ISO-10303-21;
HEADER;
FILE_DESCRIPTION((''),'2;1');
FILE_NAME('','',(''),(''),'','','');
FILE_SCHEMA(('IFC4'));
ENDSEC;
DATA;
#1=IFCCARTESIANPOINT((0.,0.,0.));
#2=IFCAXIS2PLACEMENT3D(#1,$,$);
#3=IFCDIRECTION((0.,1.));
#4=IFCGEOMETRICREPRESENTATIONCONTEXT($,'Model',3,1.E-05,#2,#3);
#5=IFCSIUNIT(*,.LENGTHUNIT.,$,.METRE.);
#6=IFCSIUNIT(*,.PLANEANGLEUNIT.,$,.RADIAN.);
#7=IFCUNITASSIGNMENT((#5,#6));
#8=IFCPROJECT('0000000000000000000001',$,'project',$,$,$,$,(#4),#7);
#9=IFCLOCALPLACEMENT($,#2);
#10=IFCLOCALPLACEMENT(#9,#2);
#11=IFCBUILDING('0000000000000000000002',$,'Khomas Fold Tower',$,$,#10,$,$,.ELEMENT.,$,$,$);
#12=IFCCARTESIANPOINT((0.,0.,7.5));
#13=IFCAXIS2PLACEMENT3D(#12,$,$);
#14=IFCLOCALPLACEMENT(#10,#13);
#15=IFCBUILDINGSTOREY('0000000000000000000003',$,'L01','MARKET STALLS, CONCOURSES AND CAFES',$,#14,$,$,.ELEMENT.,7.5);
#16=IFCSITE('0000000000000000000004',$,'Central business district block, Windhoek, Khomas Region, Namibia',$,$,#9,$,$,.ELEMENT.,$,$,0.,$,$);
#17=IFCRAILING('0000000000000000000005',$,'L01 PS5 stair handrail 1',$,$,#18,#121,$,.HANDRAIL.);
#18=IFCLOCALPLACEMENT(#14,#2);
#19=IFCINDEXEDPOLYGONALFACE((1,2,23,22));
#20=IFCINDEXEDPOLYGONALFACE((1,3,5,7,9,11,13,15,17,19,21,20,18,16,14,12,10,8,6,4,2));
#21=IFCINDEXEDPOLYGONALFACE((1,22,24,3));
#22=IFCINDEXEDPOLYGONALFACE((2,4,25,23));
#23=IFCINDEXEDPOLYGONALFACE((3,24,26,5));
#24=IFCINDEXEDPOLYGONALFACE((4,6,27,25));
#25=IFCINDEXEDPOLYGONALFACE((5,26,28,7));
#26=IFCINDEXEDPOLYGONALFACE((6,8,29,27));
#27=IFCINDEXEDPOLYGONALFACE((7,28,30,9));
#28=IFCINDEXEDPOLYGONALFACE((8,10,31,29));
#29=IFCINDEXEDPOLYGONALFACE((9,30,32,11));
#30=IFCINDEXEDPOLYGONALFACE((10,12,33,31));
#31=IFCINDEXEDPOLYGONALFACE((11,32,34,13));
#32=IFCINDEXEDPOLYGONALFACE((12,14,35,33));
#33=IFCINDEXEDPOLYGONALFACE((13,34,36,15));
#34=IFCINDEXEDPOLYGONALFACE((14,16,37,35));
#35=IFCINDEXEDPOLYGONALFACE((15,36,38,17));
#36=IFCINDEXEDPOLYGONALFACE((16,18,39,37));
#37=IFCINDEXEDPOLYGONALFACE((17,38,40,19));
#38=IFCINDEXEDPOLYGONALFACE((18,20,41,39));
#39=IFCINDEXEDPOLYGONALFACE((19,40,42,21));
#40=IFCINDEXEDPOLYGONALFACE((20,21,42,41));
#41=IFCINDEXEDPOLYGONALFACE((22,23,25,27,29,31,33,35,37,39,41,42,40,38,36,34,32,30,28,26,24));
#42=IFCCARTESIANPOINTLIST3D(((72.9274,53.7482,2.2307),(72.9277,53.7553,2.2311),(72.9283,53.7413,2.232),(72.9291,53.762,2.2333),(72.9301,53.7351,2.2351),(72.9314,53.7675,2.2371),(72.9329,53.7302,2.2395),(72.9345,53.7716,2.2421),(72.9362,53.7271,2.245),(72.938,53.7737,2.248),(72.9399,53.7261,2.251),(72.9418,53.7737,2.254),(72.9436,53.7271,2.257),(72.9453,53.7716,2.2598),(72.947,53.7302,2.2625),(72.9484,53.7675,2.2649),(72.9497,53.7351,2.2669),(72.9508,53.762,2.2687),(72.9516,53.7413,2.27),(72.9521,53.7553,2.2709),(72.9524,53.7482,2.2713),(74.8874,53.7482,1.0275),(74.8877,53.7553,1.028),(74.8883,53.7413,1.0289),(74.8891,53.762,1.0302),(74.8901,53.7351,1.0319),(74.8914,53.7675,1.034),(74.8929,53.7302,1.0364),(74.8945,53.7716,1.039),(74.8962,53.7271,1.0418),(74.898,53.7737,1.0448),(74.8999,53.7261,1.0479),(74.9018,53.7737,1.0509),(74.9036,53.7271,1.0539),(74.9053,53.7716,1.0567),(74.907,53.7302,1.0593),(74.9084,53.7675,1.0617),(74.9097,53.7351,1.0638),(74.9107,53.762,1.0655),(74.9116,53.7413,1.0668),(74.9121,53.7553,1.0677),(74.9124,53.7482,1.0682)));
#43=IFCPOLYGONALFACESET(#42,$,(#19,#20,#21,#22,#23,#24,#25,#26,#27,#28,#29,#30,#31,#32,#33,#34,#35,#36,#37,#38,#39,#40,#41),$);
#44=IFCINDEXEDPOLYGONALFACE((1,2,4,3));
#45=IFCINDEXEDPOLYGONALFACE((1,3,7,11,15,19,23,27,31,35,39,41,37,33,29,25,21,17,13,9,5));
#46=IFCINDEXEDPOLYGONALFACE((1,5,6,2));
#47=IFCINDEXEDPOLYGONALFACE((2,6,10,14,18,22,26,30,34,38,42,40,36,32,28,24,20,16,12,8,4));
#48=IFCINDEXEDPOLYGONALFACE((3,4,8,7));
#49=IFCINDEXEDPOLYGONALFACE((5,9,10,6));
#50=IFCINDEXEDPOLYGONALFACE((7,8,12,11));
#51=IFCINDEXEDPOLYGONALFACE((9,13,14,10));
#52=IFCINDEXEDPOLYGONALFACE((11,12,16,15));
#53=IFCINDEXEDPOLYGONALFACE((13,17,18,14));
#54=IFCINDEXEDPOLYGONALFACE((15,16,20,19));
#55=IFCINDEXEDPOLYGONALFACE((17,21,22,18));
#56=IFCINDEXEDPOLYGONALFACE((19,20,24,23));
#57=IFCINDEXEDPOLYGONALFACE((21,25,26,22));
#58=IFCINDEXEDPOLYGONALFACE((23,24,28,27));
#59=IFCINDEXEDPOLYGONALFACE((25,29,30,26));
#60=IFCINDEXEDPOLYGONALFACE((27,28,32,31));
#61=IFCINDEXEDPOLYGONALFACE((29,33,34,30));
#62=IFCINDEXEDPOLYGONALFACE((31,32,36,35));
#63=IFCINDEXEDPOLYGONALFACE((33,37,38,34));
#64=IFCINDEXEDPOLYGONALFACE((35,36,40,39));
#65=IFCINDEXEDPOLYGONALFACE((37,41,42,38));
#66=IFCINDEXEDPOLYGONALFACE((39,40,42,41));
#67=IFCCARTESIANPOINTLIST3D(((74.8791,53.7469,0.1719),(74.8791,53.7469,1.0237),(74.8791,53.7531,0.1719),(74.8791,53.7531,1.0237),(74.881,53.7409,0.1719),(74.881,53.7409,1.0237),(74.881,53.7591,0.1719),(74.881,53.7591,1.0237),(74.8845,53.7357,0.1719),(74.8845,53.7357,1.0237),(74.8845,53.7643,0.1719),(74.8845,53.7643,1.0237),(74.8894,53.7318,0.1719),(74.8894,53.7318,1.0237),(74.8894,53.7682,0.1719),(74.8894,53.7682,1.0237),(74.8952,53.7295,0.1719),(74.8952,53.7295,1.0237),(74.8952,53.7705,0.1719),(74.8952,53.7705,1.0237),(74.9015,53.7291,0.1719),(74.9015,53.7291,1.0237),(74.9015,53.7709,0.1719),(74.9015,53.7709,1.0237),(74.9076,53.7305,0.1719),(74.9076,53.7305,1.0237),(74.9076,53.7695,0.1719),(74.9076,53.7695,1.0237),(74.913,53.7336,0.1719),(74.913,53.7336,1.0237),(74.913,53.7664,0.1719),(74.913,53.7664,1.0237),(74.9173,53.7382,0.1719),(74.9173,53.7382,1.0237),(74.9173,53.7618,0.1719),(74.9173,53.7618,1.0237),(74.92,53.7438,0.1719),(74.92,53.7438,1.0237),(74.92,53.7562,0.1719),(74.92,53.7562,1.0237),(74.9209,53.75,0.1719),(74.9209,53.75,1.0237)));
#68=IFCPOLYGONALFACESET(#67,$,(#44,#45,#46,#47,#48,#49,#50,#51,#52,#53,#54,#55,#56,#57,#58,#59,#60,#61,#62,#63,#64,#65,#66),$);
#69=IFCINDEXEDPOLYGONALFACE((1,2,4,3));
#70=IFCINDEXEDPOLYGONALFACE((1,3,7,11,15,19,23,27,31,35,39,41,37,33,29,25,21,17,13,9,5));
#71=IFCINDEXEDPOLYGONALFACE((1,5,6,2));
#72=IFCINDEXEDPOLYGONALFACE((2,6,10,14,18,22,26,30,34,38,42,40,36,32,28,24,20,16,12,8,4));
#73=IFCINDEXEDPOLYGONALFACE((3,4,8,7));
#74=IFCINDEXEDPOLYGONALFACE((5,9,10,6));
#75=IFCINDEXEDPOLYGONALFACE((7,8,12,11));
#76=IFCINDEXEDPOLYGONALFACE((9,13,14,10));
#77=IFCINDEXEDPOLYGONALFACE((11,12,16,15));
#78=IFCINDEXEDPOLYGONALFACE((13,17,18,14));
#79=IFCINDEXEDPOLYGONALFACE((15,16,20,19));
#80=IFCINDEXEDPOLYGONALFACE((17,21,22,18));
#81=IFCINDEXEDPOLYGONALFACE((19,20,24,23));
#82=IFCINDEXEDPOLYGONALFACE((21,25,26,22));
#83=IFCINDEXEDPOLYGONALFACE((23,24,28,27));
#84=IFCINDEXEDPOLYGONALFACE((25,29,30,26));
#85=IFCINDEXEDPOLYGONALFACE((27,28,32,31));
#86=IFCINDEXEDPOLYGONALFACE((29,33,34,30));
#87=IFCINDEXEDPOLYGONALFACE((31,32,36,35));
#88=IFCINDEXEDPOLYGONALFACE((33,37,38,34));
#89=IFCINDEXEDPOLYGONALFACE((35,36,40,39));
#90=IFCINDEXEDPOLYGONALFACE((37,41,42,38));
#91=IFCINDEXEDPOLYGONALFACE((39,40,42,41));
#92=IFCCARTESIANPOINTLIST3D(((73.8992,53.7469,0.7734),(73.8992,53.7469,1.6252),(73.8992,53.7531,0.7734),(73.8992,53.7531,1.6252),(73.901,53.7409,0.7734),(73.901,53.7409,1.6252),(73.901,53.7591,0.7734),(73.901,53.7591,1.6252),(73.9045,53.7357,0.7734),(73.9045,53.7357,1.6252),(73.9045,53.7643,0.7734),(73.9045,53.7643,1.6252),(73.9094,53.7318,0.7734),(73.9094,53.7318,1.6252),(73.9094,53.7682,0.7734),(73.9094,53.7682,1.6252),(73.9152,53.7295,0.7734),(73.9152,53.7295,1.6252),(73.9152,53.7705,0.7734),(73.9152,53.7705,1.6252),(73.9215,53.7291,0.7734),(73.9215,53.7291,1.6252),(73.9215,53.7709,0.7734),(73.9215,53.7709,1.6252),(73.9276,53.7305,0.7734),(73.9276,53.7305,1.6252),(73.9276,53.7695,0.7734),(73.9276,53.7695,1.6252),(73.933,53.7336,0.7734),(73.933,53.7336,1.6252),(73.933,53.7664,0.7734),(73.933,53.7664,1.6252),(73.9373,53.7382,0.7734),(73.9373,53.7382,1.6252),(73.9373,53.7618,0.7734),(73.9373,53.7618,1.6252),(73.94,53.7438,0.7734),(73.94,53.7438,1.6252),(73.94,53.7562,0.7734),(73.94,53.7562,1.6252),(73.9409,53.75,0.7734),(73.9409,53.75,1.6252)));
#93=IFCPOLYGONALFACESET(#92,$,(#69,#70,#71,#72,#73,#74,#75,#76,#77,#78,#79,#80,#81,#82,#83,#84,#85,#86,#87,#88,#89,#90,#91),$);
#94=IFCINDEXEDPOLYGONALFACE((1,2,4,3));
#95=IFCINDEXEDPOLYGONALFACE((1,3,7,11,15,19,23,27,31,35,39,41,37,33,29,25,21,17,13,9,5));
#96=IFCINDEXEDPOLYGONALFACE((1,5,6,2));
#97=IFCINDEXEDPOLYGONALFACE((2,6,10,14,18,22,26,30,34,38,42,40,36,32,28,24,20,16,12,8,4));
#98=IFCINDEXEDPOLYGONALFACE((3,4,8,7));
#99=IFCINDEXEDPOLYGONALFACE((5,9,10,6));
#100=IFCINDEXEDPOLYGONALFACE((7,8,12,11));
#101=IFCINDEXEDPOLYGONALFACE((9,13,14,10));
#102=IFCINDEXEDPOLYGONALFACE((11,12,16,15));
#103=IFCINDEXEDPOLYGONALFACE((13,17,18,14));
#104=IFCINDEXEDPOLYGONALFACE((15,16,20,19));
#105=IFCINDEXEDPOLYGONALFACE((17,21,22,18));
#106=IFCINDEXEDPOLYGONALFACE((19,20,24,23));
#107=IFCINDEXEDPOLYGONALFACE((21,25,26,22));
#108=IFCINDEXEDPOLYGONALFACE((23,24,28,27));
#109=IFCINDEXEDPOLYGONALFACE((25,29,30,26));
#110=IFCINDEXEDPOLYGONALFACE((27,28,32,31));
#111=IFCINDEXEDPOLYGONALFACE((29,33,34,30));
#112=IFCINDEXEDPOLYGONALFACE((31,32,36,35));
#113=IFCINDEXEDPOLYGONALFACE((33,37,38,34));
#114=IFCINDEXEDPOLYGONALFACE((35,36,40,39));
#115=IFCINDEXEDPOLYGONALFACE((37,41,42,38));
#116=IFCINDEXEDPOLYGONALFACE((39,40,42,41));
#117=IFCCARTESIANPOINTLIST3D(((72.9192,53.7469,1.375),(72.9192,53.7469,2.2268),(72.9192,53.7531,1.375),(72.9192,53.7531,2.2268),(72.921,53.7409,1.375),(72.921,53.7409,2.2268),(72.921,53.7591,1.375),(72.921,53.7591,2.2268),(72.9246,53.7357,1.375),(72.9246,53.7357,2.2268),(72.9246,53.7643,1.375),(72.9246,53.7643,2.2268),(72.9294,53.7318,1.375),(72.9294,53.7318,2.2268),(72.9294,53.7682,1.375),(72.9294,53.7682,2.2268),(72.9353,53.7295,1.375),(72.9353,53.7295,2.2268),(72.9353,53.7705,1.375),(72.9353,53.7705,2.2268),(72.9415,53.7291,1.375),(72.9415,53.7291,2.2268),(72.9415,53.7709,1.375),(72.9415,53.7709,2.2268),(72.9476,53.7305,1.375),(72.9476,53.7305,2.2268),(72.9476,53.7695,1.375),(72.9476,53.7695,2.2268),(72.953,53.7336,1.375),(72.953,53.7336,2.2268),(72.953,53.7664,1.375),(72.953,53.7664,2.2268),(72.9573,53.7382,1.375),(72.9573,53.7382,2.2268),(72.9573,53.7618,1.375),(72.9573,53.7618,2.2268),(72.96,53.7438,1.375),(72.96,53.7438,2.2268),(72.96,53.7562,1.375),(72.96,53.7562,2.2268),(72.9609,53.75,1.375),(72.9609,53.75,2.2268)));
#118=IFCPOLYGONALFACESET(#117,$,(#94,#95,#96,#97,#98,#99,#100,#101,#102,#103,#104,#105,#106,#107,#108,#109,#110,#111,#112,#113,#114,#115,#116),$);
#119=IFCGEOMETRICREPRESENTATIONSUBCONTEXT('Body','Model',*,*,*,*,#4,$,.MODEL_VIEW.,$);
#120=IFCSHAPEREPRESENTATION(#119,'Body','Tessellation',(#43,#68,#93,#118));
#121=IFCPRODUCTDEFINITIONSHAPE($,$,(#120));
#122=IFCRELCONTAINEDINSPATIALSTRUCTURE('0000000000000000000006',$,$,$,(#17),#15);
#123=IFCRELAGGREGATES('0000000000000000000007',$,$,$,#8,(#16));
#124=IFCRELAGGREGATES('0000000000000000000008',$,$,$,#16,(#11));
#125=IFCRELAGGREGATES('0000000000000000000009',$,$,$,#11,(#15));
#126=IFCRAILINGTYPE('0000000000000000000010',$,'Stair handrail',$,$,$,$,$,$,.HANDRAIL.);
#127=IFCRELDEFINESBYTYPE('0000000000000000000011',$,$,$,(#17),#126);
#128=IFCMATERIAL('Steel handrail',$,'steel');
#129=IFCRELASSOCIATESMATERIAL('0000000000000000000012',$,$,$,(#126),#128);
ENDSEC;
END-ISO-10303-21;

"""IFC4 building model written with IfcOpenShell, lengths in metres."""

from ifc_helpers import new_model, si_unit, direction, frame, origin, origin_2d, place, context, subcontext, project, spatial, circle, extrude, source, transform, mapped, material, type_object, element, save


model = new_model("IFC4")

# Units and contexts
model_context = context("Model", 3, precision=1e-05, world=origin(), true_north=direction((0.0, 1.0)))
body_context = subcontext(model_context, "Body", "Model", "MODEL_VIEW")
ifc_project = project(units=[si_unit("LENGTHUNIT", "METRE"), si_unit("PLANEANGLEUNIT", "RADIAN")], contexts=[model_context])

# Site, building, storey
site_placement = place(None, origin())
site = spatial("IfcSite", under=ifc_project, at=site_placement, Name="Central business district block, Windhoek, Khomas Region, Namibia", CompositionType="ELEMENT", RefElevation=0.0)
building_placement = place(site_placement, origin())
building = spatial("IfcBuilding", under=site, at=building_placement, Name="Khomas Fold Tower", CompositionType="ELEMENT")
storey_placement = place(building_placement, frame((0.0, 0.0, 7.5)))
storey = spatial("IfcBuildingStorey", under=building, at=storey_placement, Name="L01", Description="MARKET STALLS, CONCOURSES AND CAFES", CompositionType="ELEMENT", Elevation=7.5)

# Railing
ifc_material_1 = material(Name="Steel handrail", Category="steel")
railing_type_1 = type_object("IfcRailingType", Name="Stair handrail", PredefinedType="HANDRAIL", material=ifc_material_1)
shared_shape_1 = source(origin(), body_context, "Body", "SweptSolid", [
    extrude(circle(Radius=0.0239, at=origin_2d()), frame((0.0, 0.0, 0.876), z_axis=(-0.852241, 0.0, 0.523149), x_axis=(0.0, -1.0, 0.0)), (0.0, 0.0, 1.0), 2.2998),
    extrude(circle(Radius=0.021, at=origin_2d()), origin(), (0.0, 0.0, 1.0), 0.8518),
    extrude(circle(Radius=0.021, at=origin_2d()), frame((-0.98, 0.0, 0.6016)), (0.0, 0.0, 1.0), 0.8518),
    extrude(circle(Radius=0.021, at=origin_2d()), frame((-1.96, 0.0, 1.2031)), (0.0, 0.0, 1.0), 0.8518),
])
for number, where, name in (
    (1, (74.8999, 53.75, 0.1719), "L01 PS5 stair handrail 1"),
):
    element("IfcRailing", number, at=place(storey_placement, frame(where)), inside=storey, type_object=railing_type_1, Name=name, PredefinedType="HANDRAIL", context=body_context, shape_type="MappedRepresentation", body=[
        mapped(shared_shape_1, transform((0.0, 0.0, 0.0))),
    ])

save(model, "model.ifc")
